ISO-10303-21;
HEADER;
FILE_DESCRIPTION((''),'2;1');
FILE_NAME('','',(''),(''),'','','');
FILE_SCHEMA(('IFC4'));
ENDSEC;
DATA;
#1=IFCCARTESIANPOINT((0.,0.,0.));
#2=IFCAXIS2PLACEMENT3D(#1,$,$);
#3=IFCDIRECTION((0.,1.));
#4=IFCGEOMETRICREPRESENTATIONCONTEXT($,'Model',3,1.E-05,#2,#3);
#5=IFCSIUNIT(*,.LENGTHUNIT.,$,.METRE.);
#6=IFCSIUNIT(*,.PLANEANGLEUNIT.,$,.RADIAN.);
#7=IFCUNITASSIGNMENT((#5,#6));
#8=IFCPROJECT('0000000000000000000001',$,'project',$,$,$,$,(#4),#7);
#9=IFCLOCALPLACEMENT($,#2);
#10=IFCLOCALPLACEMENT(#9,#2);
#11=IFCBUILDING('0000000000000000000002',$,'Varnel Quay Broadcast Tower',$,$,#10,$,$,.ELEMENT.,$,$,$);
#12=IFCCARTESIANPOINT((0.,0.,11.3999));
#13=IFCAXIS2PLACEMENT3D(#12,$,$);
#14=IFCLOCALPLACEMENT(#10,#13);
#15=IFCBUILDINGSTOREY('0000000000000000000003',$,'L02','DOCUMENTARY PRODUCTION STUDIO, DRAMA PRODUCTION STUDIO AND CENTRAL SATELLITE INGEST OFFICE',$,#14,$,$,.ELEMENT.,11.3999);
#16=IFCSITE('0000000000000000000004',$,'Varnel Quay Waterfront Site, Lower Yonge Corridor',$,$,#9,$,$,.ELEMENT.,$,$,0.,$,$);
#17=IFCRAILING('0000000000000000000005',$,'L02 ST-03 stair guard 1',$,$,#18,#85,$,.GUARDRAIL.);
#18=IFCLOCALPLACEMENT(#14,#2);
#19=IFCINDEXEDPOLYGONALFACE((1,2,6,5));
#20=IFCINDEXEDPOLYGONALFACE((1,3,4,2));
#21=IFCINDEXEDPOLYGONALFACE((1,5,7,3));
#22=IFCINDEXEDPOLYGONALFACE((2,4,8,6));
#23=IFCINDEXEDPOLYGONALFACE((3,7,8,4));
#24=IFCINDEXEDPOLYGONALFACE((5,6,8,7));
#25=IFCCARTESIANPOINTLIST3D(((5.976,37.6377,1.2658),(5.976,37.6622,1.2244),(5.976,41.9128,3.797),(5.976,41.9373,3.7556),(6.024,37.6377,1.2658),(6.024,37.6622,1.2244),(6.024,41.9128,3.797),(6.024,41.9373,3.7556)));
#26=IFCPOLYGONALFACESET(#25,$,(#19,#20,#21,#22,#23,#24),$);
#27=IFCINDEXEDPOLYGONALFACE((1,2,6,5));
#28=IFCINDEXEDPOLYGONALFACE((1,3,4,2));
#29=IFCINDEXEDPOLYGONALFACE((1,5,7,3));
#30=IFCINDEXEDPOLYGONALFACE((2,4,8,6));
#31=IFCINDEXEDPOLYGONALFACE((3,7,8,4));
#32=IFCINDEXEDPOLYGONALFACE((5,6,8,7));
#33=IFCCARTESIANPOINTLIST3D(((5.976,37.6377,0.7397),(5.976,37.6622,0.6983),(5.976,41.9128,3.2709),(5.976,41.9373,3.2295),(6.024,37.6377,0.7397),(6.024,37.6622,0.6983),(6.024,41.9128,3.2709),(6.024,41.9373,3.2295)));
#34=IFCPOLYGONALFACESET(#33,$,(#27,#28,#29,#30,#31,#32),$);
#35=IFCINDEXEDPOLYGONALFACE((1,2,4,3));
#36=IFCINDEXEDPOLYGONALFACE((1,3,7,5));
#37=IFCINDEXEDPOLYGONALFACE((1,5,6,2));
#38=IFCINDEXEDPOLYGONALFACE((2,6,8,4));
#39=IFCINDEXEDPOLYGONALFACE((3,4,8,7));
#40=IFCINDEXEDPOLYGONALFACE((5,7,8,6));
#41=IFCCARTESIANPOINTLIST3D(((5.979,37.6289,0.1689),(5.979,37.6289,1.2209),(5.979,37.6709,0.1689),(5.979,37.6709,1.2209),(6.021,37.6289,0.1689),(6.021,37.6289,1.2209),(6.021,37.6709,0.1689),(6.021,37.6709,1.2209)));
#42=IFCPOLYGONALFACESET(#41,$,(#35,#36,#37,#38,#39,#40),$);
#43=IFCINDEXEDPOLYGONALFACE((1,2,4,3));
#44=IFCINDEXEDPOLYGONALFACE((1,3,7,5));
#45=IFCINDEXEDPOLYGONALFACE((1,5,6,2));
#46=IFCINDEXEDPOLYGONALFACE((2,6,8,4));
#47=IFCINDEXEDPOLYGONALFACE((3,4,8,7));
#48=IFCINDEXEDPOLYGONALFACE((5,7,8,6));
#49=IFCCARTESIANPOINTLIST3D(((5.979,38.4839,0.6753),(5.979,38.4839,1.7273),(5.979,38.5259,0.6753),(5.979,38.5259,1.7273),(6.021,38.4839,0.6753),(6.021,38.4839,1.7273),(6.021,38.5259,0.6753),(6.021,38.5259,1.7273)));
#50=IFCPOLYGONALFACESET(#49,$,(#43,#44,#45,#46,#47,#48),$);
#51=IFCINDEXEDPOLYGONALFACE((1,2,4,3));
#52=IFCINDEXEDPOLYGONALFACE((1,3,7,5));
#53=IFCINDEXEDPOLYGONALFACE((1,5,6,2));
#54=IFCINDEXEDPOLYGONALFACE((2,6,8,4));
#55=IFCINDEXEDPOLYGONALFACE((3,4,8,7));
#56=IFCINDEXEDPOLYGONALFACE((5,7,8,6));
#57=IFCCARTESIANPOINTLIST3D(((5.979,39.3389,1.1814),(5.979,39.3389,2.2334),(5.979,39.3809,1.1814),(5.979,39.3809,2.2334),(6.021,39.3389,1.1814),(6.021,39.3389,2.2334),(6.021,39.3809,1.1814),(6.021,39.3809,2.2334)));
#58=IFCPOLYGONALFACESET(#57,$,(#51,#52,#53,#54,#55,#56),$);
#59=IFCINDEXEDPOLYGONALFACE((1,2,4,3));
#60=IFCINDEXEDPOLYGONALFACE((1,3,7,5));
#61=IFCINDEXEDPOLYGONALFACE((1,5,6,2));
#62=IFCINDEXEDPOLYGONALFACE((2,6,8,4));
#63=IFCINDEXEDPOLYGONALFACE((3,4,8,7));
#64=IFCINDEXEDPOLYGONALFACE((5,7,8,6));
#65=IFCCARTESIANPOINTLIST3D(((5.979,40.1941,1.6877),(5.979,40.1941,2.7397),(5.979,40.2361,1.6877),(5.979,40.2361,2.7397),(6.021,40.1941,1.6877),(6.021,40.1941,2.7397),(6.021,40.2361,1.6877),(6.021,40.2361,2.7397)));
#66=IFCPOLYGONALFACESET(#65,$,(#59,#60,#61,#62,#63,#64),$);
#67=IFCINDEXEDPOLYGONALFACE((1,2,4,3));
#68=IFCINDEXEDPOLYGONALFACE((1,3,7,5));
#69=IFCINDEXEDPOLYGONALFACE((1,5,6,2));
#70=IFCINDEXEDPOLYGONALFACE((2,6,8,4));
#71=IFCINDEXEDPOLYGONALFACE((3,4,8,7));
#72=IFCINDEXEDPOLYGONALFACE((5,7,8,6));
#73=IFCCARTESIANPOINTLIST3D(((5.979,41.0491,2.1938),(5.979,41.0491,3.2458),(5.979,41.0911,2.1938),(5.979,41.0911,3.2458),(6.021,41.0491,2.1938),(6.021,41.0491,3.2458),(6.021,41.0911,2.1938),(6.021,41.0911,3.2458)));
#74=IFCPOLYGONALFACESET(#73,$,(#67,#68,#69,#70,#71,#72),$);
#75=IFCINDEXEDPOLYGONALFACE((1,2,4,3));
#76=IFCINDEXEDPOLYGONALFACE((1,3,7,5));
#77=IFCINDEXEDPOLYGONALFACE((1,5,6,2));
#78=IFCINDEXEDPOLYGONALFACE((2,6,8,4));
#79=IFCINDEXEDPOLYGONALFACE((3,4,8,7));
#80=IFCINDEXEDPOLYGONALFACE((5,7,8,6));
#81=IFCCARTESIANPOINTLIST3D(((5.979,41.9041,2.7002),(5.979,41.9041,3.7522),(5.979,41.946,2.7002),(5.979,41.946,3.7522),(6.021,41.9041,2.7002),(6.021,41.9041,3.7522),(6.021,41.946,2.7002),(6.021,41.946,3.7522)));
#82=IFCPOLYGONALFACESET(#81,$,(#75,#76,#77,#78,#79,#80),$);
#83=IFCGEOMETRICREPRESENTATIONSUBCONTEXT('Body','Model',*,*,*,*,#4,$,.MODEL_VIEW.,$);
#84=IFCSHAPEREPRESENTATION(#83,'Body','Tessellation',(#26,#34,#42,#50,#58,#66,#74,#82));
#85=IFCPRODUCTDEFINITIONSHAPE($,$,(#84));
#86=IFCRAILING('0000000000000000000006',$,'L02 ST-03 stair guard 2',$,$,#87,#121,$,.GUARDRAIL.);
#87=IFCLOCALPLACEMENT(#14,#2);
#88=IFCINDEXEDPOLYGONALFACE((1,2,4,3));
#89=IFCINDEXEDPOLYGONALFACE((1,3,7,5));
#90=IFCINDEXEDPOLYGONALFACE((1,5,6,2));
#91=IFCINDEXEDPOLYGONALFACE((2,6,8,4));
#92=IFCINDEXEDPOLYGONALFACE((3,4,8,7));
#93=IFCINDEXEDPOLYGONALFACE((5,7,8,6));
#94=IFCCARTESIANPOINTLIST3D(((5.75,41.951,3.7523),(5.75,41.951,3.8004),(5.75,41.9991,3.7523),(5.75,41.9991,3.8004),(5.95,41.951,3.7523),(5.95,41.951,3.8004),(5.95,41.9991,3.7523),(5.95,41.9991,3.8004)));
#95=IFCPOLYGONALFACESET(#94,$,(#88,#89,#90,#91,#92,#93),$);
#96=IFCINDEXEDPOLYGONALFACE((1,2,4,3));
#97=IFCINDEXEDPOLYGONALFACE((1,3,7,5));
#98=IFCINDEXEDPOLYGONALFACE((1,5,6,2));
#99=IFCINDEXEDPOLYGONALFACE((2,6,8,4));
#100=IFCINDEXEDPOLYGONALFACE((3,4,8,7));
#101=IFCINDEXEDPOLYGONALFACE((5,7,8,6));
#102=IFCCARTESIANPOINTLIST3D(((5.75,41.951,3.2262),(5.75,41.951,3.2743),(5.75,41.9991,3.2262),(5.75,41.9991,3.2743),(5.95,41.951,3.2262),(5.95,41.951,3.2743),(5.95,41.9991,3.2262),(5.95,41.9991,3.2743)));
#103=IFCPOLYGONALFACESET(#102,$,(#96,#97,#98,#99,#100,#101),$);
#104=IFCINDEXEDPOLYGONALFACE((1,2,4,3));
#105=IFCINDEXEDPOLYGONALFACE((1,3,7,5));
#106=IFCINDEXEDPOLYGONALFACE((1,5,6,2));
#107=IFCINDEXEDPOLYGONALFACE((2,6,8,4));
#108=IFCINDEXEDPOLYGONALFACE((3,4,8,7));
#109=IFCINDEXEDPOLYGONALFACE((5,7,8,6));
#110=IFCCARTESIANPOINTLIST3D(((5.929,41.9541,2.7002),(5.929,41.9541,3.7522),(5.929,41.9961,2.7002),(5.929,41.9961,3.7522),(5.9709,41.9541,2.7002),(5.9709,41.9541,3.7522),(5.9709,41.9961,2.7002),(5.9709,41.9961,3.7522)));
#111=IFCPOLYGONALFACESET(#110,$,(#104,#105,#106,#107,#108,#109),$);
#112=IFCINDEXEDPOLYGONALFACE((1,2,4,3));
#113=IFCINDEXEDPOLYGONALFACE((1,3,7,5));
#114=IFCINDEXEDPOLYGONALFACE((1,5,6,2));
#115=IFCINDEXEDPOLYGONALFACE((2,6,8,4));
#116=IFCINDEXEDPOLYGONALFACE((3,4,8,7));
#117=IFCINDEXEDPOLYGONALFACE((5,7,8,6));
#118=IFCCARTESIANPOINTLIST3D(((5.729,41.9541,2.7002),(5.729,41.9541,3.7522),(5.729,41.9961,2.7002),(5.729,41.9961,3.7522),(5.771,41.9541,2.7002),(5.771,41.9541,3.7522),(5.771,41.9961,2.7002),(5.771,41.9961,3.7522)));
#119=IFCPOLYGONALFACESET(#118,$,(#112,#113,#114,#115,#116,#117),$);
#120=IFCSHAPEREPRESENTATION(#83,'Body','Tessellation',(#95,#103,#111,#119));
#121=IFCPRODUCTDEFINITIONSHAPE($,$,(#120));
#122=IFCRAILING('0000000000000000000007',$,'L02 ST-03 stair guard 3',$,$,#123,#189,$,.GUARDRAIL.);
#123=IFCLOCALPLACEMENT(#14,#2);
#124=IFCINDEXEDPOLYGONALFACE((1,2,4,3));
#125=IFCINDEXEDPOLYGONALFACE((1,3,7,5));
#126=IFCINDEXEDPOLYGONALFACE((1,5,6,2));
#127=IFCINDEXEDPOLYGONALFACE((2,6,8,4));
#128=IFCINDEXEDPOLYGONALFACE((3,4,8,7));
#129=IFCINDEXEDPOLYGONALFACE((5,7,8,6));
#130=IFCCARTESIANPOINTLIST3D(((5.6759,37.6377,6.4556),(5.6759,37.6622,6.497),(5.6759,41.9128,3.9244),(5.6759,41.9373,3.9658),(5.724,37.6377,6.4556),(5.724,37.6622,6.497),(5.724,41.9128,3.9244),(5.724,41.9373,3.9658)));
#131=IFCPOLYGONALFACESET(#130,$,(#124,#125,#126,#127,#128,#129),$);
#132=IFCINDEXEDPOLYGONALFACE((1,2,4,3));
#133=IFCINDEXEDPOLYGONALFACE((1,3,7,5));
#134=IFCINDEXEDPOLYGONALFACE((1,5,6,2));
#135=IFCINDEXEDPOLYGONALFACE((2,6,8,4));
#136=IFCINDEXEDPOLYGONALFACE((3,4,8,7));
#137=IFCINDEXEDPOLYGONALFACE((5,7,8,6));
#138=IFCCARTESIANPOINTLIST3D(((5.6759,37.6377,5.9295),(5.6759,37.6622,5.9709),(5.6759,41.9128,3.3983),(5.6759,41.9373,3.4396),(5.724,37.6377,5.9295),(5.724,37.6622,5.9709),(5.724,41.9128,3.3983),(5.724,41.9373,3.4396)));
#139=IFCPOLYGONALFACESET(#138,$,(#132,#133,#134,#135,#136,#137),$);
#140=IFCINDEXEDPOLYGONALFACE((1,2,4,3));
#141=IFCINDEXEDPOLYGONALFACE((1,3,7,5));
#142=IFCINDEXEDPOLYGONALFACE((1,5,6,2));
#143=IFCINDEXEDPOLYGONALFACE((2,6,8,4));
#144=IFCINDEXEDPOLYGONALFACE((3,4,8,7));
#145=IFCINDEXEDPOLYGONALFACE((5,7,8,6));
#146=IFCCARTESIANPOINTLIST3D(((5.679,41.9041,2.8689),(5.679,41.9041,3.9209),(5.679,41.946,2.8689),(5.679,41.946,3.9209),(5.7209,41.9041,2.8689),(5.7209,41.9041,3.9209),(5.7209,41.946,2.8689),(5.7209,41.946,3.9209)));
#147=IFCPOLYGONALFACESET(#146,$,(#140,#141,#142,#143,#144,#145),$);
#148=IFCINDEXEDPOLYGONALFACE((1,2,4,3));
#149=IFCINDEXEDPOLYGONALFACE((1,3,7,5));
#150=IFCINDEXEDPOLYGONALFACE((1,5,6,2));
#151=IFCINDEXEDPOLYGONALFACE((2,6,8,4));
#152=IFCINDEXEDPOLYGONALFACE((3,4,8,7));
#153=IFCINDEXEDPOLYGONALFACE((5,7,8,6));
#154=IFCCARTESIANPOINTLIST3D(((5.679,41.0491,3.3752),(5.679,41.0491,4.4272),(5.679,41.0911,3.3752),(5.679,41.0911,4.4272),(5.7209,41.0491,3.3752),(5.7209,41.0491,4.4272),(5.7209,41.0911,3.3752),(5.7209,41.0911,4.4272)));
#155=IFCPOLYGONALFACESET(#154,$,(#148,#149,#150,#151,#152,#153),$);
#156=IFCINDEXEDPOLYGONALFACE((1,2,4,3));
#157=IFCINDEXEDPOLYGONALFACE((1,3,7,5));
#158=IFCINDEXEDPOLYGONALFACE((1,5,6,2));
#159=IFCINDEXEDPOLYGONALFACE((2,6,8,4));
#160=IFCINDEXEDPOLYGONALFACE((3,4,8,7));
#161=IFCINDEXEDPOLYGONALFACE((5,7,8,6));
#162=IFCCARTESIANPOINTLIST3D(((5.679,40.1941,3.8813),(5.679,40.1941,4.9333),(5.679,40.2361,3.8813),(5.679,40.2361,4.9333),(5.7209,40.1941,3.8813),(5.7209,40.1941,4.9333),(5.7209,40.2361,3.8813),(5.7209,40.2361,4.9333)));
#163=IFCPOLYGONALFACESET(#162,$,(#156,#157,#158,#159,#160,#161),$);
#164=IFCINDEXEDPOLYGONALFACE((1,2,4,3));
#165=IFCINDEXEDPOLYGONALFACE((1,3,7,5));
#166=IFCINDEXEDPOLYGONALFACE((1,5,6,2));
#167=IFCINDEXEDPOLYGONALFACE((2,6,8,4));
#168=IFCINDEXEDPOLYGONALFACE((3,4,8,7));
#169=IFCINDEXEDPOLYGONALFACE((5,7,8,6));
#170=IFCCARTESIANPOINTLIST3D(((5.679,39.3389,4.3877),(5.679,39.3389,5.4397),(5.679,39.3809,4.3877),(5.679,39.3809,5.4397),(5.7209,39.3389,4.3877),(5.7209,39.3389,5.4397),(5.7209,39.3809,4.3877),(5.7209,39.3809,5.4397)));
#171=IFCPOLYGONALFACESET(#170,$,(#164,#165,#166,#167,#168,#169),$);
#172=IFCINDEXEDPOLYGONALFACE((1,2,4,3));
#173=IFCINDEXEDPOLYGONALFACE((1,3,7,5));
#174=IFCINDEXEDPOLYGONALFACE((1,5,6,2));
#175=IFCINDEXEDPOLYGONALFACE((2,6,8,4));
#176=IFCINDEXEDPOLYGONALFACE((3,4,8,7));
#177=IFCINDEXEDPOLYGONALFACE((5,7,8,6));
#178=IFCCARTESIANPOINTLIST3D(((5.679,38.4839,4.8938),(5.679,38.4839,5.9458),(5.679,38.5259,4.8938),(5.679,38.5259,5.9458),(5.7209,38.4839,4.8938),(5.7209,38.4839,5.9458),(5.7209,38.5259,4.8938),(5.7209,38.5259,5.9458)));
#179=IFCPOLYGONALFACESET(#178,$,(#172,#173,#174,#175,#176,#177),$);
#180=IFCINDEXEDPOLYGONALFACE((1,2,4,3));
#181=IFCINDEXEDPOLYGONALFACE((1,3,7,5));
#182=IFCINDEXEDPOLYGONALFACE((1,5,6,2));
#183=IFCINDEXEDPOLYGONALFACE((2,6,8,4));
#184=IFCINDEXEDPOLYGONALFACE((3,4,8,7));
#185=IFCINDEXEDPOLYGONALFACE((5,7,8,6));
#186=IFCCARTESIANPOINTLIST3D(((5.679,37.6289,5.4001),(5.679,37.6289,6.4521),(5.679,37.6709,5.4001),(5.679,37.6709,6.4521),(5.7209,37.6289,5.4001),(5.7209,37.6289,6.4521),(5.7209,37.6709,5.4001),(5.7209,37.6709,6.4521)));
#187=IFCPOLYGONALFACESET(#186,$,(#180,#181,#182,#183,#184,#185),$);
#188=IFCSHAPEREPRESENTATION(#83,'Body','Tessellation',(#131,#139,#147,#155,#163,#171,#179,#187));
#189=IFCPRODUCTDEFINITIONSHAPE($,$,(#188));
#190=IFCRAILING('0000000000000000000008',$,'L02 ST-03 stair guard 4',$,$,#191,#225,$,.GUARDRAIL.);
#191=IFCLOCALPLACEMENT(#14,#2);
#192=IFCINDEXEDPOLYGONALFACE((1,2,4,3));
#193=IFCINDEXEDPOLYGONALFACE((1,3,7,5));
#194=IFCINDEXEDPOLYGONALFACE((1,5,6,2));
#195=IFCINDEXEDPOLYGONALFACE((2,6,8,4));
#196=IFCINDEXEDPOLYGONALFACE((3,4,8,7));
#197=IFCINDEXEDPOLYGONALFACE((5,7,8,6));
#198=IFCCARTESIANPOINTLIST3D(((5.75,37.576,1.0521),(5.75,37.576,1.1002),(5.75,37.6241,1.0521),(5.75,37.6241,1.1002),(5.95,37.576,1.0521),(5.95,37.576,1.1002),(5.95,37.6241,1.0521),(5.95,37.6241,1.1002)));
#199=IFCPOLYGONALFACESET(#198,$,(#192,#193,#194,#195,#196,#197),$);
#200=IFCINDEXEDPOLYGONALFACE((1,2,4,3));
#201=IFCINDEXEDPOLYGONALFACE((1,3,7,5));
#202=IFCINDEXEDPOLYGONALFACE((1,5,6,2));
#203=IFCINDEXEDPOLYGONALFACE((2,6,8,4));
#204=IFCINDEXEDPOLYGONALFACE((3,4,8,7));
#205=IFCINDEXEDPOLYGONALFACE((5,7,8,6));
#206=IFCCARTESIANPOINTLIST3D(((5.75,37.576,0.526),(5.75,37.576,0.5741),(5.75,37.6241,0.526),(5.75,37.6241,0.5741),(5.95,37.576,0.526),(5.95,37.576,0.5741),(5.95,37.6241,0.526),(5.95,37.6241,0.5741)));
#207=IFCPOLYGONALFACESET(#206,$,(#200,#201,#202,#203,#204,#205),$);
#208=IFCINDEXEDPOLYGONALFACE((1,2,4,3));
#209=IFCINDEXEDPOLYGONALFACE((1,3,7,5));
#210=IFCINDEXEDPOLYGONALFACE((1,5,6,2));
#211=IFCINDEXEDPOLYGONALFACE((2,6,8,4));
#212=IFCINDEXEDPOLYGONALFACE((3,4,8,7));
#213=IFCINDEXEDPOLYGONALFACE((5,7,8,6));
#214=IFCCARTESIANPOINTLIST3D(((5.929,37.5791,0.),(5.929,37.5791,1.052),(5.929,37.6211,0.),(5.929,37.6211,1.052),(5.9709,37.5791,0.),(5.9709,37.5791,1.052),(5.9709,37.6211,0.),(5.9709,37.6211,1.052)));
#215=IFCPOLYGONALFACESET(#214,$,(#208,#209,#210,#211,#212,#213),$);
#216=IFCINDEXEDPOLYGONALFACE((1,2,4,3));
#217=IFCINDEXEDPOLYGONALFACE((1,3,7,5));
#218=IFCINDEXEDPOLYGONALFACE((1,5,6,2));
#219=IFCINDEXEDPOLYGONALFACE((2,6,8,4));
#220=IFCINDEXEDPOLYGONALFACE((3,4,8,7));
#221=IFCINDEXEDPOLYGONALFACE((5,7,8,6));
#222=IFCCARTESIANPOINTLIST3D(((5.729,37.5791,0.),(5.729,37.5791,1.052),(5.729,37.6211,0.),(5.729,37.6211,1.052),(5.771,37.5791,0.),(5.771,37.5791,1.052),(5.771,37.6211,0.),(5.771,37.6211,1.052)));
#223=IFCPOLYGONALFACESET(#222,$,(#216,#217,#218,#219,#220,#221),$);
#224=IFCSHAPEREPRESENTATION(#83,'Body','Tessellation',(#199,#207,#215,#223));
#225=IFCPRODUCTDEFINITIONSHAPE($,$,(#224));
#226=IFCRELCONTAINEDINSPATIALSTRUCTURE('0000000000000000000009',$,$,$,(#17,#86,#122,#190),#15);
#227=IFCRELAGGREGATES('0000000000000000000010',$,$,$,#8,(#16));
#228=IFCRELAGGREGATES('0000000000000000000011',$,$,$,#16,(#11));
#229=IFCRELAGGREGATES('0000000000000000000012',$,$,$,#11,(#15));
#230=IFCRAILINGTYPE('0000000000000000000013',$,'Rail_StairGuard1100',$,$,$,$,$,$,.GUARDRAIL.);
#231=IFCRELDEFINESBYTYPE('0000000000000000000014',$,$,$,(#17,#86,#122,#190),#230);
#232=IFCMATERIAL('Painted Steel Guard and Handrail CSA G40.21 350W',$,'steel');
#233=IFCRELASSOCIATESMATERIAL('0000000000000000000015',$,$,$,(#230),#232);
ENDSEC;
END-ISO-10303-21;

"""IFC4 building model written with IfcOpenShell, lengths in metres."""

from ifc_helpers import new_model, si_unit, direction, frame, origin, origin_2d, place, context, subcontext, project, spatial, rectangle, extrude, material, type_object, element, save


model = new_model("IFC4")

# Units and contexts
model_context = context("Model", 3, precision=1e-05, world=origin(), true_north=direction((0.0, 1.0)))
body_context = subcontext(model_context, "Body", "Model", "MODEL_VIEW")
ifc_project = project(units=[si_unit("LENGTHUNIT", "METRE"), si_unit("PLANEANGLEUNIT", "RADIAN")], contexts=[model_context])

# Site, building, storey
site_placement = place(None, origin())
site = spatial("IfcSite", under=ifc_project, at=site_placement, Name="Varnel Quay Waterfront Site, Lower Yonge Corridor", CompositionType="ELEMENT", RefElevation=0.0)
building_placement = place(site_placement, origin())
building = spatial("IfcBuilding", under=site, at=building_placement, Name="Varnel Quay Broadcast Tower", CompositionType="ELEMENT")
storey_placement = place(building_placement, frame((0.0, 0.0, 11.3999)))
storey = spatial("IfcBuildingStorey", under=building, at=storey_placement, Name="L02", Description="DOCUMENTARY PRODUCTION STUDIO, DRAMA PRODUCTION STUDIO AND CENTRAL SATELLITE INGEST OFFICE", CompositionType="ELEMENT", Elevation=11.3999)

# Railings
ifc_material_1 = material(Name="Painted Steel Guard and Handrail CSA G40.21 350W", Category="steel")
railing_type_1 = type_object("IfcRailingType", Name="Rail_StairGuard1100", PredefinedType="GUARDRAIL", material=ifc_material_1)
railing_1_placement = place(storey_placement, frame((6.0, 37.6499, 0.1689)))
element("IfcRailing", 1, at=railing_1_placement, inside=storey, type_object=railing_type_1, Name="L02 ST-03 stair guard 1", PredefinedType="GUARDRAIL", context=body_context, shape_type="SweptSolid", body=[
    extrude(rectangle(XDim=0.0481, YDim=0.0481, at=origin_2d()), frame((0.0, 0.0, 1.0762), z_axis=(0.0, 0.860483, 0.509479), x_axis=(-1.0, 0.0, 0.0)), (0.0, 0.0, 1.0), 4.9683),
    extrude(rectangle(XDim=0.0481, YDim=0.0481, at=origin_2d()), frame((0.0, 0.0, 0.55), z_axis=(0.0, 0.860483, 0.509479), x_axis=(-1.0, 0.0, 0.0)), (0.0, 0.0, 1.0), 4.9683),
    extrude(rectangle(XDim=0.042, YDim=0.042, at=origin_2d()), origin(), (0.0, 0.0, 1.0), 1.052),
    extrude(rectangle(XDim=0.042, YDim=0.042, at=origin_2d()), frame((0.0, 0.855, 0.5063)), (0.0, 0.0, 1.0), 1.052),
    extrude(rectangle(XDim=0.042, YDim=0.042, at=origin_2d()), frame((0.0, 1.71, 1.0125)), (0.0, 0.0, 1.0), 1.052),
    extrude(rectangle(XDim=0.042, YDim=0.042, at=origin_2d()), frame((0.0, 2.5652, 1.5188)), (0.0, 0.0, 1.0), 1.052),
    extrude(rectangle(XDim=0.042, YDim=0.042, at=origin_2d()), frame((0.0, 3.4202, 2.0249)), (0.0, 0.0, 1.0), 1.052),
    extrude(rectangle(XDim=0.042, YDim=0.042, at=origin_2d()), frame((0.0, 4.2751, 2.5312)), (0.0, 0.0, 1.0), 1.052),
])
railing_2_placement = place(storey_placement, frame((5.95, 41.9751, 2.7002)))
element("IfcRailing", 2, at=railing_2_placement, inside=storey, type_object=railing_type_1, Name="L02 ST-03 stair guard 2", PredefinedType="GUARDRAIL", context=body_context, shape_type="SweptSolid", body=[
    extrude(rectangle(XDim=0.0481, YDim=0.0481, at=origin_2d()), frame((0.0, 0.0, 1.0762), z_axis=(-1.0, 0.0, 0.0), x_axis=(0.0, -1.0, 0.0)), (0.0, 0.0, 1.0), 0.2),
    extrude(rectangle(XDim=0.0481, YDim=0.0481, at=origin_2d()), frame((0.0, 0.0, 0.55), z_axis=(-1.0, 0.0, 0.0), x_axis=(0.0, -1.0, 0.0)), (0.0, 0.0, 1.0), 0.2),
    extrude(rectangle(XDim=0.042, YDim=0.042, at=origin_2d()), origin(), (0.0, 0.0, 1.0), 1.052),
    extrude(rectangle(XDim=0.042, YDim=0.042, at=origin_2d()), frame((-0.2, 0.0, 0.0)), (0.0, 0.0, 1.0), 1.052),
])
railing_3_placement = place(storey_placement, frame((5.7, 41.925, 2.8689)))
element("IfcRailing", 3, at=railing_3_placement, inside=storey, type_object=railing_type_1, Name="L02 ST-03 stair guard 3", PredefinedType="GUARDRAIL", context=body_context, shape_type="SweptSolid", body=[
    extrude(rectangle(XDim=0.0481, YDim=0.0481, at=origin_2d()), frame((0.0, 0.0, 1.0762), z_axis=(0.0, -0.860483, 0.509479), x_axis=(1.0, 0.0, 0.0)), (0.0, 0.0, 1.0), 4.9683),
    extrude(rectangle(XDim=0.0481, YDim=0.0481, at=origin_2d()), frame((0.0, 0.0, 0.55), z_axis=(0.0, -0.860483, 0.509479), x_axis=(1.0, 0.0, 0.0)), (0.0, 0.0, 1.0), 4.9683),
    extrude(rectangle(XDim=0.042, YDim=0.042, at=origin_2d()), origin(), (0.0, 0.0, 1.0), 1.052),
    extrude(rectangle(XDim=0.042, YDim=0.042, at=origin_2d()), frame((0.0, -0.855, 0.5063)), (0.0, 0.0, 1.0), 1.052),
    extrude(rectangle(XDim=0.042, YDim=0.042, at=origin_2d()), frame((0.0, -1.71, 1.0125)), (0.0, 0.0, 1.0), 1.052),
    extrude(rectangle(XDim=0.042, YDim=0.042, at=origin_2d()), frame((0.0, -2.5652, 1.5188)), (0.0, 0.0, 1.0), 1.052),
    extrude(rectangle(XDim=0.042, YDim=0.042, at=origin_2d()), frame((0.0, -3.4202, 2.0249)), (0.0, 0.0, 1.0), 1.052),
    extrude(rectangle(XDim=0.042, YDim=0.042, at=origin_2d()), frame((0.0, -4.2751, 2.5312)), (0.0, 0.0, 1.0), 1.052),
])
railing_4_placement = place(storey_placement, frame((5.95, 37.6001, 0.0)))
element("IfcRailing", 4, at=railing_4_placement, inside=storey, type_object=railing_type_1, Name="L02 ST-03 stair guard 4", PredefinedType="GUARDRAIL", context=body_context, shape_type="SweptSolid", body=[
    extrude(rectangle(XDim=0.0481, YDim=0.0481, at=origin_2d()), frame((0.0, 0.0, 1.0762), z_axis=(-1.0, 0.0, 0.0), x_axis=(0.0, -1.0, 0.0)), (0.0, 0.0, 1.0), 0.2),
    extrude(rectangle(XDim=0.0481, YDim=0.0481, at=origin_2d()), frame((0.0, 0.0, 0.55), z_axis=(-1.0, 0.0, 0.0), x_axis=(0.0, -1.0, 0.0)), (0.0, 0.0, 1.0), 0.2),
    extrude(rectangle(XDim=0.042, YDim=0.042, at=origin_2d()), origin(), (0.0, 0.0, 1.0), 1.052),
    extrude(rectangle(XDim=0.042, YDim=0.042, at=origin_2d()), frame((-0.2, 0.0, 0.0)), (0.0, 0.0, 1.0), 1.052),
])

save(model, "model.ifc")
